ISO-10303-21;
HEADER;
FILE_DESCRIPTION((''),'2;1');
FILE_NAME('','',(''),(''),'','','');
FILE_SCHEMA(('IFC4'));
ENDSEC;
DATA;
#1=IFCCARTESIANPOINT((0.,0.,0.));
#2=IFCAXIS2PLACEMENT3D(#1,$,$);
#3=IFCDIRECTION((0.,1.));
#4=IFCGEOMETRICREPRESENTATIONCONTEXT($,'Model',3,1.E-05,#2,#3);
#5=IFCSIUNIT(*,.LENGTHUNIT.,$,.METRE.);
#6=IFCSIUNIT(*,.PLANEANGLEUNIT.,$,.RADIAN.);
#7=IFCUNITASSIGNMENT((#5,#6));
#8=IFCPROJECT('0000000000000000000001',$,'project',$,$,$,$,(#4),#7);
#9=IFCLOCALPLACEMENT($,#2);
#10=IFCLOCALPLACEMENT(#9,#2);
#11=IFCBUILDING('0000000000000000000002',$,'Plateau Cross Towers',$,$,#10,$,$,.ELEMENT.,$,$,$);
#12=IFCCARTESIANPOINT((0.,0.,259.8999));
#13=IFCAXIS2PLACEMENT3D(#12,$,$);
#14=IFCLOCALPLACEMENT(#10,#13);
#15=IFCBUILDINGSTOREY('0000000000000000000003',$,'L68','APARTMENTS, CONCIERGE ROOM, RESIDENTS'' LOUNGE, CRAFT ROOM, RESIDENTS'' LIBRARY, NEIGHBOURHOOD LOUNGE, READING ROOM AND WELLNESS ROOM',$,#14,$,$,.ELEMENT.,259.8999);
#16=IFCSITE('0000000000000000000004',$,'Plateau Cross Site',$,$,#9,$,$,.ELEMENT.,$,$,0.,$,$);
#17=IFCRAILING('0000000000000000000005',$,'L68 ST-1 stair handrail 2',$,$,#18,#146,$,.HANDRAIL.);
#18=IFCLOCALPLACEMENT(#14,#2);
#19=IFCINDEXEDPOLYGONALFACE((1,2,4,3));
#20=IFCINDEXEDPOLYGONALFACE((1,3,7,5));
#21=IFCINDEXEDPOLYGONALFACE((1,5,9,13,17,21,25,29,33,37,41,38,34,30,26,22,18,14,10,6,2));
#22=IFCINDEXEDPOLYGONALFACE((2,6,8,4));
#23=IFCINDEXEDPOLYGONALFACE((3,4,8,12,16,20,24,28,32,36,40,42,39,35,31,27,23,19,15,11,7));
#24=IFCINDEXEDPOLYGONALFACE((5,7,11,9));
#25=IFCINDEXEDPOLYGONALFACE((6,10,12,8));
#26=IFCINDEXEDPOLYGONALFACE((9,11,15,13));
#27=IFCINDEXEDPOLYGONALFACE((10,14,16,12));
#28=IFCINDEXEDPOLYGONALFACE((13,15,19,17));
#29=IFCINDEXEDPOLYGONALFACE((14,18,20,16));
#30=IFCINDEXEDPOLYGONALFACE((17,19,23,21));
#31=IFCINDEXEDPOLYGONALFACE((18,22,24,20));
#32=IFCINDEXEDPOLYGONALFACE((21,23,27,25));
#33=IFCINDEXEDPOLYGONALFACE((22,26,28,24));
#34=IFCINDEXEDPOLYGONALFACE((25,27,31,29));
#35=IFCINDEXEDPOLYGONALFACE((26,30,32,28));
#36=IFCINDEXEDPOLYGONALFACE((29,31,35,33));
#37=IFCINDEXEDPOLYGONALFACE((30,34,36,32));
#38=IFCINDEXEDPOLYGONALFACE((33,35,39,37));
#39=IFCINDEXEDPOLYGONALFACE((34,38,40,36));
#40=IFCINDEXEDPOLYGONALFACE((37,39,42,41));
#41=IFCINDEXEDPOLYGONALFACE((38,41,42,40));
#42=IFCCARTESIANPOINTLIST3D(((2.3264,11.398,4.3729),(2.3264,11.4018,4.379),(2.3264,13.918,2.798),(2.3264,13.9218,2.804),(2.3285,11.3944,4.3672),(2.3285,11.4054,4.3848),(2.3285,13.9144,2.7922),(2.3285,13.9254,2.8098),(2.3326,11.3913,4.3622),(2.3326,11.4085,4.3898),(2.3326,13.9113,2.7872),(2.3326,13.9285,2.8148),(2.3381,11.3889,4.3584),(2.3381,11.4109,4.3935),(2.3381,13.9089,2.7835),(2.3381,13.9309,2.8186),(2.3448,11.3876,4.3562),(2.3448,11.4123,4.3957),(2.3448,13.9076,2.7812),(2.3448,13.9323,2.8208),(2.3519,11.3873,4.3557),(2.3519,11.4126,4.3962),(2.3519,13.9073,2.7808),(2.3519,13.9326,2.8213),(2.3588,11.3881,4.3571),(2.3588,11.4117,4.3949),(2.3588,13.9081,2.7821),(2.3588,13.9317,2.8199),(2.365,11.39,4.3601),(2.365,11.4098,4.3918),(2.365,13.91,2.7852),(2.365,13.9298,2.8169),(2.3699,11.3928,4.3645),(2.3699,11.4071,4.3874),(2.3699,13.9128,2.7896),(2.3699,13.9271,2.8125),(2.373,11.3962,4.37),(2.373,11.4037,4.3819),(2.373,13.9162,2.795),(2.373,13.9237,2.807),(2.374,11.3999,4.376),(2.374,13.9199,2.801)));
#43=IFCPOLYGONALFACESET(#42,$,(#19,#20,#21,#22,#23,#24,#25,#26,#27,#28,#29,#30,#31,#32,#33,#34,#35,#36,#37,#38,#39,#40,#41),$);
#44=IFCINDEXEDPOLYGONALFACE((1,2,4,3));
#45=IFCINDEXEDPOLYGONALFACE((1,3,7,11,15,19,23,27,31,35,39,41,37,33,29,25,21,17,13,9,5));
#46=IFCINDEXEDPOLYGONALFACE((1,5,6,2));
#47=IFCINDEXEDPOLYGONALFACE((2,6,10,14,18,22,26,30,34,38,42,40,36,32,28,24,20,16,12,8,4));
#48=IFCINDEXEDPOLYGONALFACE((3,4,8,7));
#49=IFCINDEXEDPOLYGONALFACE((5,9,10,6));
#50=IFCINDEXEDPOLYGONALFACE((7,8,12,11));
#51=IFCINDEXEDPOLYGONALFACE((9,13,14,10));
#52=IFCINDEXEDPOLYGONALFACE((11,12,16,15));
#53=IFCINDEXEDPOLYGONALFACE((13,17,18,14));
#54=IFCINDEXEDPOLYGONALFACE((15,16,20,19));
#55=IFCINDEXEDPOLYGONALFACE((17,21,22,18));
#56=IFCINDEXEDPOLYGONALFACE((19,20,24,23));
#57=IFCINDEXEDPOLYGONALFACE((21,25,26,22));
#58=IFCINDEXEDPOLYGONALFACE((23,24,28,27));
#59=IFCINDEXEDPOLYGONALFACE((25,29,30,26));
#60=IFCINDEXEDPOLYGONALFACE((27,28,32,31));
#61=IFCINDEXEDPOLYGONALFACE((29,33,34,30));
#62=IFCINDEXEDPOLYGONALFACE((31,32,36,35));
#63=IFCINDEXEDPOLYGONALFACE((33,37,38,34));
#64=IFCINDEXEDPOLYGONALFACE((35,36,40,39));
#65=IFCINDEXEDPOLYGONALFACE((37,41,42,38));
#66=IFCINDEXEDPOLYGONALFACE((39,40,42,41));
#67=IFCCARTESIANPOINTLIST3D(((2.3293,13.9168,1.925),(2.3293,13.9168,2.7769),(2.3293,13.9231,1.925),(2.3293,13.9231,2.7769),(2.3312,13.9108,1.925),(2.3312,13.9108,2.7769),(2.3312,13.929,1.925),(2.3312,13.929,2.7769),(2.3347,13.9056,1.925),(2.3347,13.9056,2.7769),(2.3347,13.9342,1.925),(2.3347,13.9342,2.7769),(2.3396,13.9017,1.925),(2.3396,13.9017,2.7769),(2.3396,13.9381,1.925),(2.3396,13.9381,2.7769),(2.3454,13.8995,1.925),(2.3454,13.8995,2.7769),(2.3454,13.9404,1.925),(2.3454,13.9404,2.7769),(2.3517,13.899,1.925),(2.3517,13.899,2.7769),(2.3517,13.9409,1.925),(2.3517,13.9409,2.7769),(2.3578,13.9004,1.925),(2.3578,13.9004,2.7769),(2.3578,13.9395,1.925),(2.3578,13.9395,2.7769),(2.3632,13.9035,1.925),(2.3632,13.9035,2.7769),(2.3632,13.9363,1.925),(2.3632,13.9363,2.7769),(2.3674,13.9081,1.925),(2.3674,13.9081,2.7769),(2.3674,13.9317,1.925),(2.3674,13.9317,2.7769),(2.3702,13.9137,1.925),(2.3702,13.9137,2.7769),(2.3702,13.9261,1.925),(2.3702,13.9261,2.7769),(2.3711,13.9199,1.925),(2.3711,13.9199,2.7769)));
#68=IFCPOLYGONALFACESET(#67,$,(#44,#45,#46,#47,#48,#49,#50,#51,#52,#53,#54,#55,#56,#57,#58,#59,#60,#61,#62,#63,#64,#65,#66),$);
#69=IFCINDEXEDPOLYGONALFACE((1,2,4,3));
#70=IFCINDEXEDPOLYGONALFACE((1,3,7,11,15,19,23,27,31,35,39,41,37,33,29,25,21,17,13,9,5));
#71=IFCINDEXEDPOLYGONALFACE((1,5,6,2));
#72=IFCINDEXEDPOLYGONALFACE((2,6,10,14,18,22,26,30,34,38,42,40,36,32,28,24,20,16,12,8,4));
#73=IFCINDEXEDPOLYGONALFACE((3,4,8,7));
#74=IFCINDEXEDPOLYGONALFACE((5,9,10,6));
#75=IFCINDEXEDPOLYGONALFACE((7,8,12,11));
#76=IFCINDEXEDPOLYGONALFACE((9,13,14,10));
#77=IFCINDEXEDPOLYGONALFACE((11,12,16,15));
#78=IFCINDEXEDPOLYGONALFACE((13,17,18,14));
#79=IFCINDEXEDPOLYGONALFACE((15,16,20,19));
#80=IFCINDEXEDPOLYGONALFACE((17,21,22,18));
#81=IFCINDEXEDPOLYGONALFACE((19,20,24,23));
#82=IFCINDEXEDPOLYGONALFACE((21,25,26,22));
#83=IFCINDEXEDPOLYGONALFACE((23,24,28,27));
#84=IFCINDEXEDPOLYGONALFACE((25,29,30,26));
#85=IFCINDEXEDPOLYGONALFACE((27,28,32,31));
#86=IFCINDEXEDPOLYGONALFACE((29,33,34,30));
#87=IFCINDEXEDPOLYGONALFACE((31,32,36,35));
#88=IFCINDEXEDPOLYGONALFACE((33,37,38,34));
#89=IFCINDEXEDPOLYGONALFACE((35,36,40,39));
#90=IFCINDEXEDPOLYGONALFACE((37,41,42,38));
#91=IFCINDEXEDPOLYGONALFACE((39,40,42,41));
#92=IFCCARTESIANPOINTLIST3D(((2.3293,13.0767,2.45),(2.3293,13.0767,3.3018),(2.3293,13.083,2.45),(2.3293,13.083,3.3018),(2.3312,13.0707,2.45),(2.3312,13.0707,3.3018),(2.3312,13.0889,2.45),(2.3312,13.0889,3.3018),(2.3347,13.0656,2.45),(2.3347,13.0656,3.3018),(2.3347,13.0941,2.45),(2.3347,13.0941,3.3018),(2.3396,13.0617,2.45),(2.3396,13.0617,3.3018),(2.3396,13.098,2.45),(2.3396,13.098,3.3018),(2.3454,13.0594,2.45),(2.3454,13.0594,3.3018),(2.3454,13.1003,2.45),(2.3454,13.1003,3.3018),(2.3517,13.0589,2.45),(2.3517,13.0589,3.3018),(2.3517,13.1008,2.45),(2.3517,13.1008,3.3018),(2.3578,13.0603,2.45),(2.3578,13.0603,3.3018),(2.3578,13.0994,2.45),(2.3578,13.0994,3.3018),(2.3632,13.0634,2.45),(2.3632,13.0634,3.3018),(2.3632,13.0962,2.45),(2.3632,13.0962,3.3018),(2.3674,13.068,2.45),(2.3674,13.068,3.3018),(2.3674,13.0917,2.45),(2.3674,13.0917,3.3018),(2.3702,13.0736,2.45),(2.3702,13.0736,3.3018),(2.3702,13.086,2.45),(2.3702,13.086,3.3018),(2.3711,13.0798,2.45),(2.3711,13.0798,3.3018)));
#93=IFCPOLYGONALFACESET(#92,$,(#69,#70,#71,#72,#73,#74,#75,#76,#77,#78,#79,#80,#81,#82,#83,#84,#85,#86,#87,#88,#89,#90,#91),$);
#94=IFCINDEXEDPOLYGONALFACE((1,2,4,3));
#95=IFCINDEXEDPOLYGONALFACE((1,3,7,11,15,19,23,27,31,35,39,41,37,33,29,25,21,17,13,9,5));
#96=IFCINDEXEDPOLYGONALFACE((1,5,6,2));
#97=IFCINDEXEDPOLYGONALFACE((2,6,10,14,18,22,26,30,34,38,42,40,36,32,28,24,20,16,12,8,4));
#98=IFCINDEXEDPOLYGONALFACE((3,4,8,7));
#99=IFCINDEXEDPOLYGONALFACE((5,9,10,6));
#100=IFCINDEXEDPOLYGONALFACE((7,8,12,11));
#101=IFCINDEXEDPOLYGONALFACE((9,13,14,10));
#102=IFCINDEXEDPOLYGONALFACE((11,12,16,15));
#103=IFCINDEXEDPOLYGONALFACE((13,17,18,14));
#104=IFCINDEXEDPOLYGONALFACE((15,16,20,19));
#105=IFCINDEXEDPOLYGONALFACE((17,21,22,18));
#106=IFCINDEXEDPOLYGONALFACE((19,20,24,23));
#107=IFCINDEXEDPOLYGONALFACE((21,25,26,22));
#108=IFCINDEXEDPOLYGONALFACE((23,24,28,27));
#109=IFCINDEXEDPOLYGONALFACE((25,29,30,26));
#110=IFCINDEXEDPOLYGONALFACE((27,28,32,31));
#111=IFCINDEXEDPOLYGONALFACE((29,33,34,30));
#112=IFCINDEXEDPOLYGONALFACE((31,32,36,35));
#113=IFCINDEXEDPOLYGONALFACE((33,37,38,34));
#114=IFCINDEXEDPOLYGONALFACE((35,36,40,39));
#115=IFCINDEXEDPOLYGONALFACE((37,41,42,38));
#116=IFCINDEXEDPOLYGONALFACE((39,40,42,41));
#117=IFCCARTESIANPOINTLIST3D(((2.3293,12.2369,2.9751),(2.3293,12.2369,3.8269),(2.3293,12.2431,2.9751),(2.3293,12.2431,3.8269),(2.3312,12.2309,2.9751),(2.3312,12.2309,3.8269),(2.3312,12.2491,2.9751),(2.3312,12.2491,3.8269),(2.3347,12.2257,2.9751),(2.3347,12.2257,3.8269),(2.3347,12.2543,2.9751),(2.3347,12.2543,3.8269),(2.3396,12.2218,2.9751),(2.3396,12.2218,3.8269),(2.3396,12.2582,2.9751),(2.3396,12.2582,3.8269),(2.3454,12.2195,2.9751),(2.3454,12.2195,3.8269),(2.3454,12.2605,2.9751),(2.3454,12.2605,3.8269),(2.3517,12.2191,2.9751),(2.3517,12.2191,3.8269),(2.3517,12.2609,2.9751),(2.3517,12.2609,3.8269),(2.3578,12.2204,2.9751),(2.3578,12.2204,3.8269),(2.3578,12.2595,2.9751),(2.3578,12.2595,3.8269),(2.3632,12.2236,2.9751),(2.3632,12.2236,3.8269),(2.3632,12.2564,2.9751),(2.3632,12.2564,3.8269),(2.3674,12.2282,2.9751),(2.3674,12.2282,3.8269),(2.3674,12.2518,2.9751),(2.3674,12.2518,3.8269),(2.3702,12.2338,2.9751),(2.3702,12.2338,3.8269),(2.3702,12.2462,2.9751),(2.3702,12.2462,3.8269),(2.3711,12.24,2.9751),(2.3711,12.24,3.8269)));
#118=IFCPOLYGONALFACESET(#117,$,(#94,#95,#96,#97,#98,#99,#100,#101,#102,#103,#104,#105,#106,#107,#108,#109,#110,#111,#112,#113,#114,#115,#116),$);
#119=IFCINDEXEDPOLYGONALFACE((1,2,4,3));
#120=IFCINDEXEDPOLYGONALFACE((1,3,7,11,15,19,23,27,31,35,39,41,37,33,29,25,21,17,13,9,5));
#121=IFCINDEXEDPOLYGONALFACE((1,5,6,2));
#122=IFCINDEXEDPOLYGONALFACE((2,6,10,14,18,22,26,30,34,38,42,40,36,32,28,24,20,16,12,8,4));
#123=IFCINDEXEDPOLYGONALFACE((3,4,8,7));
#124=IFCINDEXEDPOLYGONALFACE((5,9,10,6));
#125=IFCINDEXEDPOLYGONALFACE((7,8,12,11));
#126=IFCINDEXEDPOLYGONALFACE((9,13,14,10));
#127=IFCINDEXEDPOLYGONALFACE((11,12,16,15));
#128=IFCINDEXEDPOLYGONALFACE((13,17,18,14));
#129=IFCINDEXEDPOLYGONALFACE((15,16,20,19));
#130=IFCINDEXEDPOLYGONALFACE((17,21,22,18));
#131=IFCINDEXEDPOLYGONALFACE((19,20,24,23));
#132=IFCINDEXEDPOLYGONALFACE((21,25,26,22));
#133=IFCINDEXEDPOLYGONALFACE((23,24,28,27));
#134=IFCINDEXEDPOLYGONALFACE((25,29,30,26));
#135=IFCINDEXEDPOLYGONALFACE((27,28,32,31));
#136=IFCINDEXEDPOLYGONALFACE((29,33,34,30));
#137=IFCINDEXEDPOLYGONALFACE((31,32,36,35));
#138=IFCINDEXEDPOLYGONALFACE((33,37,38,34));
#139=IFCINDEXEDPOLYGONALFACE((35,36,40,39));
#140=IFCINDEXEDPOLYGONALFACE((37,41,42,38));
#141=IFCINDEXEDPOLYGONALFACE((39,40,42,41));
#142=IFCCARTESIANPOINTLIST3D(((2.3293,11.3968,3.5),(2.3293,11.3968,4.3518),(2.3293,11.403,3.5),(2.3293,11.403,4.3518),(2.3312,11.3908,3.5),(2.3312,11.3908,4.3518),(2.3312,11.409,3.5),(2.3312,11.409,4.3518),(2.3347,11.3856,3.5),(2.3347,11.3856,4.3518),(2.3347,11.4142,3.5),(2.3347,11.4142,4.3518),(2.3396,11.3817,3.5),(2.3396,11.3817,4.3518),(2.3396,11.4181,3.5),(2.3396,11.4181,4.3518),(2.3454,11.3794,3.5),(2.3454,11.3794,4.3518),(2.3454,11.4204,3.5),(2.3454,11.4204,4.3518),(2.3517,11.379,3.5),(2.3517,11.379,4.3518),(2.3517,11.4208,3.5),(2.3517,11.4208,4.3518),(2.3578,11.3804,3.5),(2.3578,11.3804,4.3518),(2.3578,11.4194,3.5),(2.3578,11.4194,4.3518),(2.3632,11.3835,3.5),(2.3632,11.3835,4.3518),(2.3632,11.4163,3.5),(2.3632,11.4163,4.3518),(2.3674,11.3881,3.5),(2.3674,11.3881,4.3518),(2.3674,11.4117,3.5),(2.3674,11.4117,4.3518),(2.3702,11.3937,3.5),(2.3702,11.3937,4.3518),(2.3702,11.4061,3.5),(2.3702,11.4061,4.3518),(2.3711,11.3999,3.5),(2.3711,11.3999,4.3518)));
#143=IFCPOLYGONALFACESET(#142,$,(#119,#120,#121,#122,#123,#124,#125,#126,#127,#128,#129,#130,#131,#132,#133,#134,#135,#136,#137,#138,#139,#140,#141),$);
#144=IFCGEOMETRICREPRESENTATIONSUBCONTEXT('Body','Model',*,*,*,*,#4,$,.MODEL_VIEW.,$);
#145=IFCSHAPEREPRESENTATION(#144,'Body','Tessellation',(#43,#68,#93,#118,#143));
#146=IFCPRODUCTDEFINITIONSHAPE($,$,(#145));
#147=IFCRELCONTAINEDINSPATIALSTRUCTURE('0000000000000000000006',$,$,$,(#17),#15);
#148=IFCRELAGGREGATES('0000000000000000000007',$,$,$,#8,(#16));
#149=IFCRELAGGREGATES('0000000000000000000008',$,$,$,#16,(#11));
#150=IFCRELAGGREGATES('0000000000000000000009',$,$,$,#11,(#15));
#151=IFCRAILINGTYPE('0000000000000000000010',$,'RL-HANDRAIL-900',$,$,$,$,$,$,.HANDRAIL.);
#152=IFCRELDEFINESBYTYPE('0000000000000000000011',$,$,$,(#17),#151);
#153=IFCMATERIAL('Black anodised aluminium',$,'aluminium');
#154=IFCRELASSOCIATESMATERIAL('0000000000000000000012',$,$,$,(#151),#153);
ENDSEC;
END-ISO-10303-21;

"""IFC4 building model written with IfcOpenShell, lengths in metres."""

from ifc_helpers import new_model, si_unit, direction, frame, origin, origin_2d, place, context, subcontext, project, spatial, circle, extrude, material, type_object, element, save


model = new_model("IFC4")

# Units and contexts
model_context = context("Model", 3, precision=1e-05, world=origin(), true_north=direction((0.0, 1.0)))
body_context = subcontext(model_context, "Body", "Model", "MODEL_VIEW")
ifc_project = project(units=[si_unit("LENGTHUNIT", "METRE"), si_unit("PLANEANGLEUNIT", "RADIAN")], contexts=[model_context])

# Site, building, storey
site_placement = place(None, origin())
site = spatial("IfcSite", under=ifc_project, at=site_placement, Name="Plateau Cross Site", CompositionType="ELEMENT", RefElevation=0.0)
building_placement = place(site_placement, origin())
building = spatial("IfcBuilding", under=site, at=building_placement, Name="Plateau Cross Towers", CompositionType="ELEMENT")
storey_placement = place(building_placement, frame((0.0, 0.0, 259.8999)))
storey = spatial("IfcBuildingStorey", under=building, at=storey_placement, Name="L68", Description="APARTMENTS, CONCIERGE ROOM, RESIDENTS' LOUNGE, CRAFT ROOM, RESIDENTS' LIBRARY, NEIGHBOURHOOD LOUNGE, READING ROOM AND WELLNESS ROOM", CompositionType="ELEMENT", Elevation=259.8999)

# Shared definitions
ifc_material_1 = material(Name="Black anodised aluminium", Category="aluminium")

# Railing
railing_type_1 = type_object("IfcRailingType", Name="RL-HANDRAIL-900", PredefinedType="HANDRAIL", material=ifc_material_1)
railing_1_placement = place(storey_placement, frame((2.3501, 13.9199, 1.925)))
element("IfcRailing", 1, at=railing_1_placement, inside=storey, type_object=railing_type_1, Name="L68 ST-1 stair handrail 2", PredefinedType="HANDRAIL", context=body_context, shape_type="SweptSolid", body=[
    extrude(circle(Radius=0.0239, at=origin_2d()), frame((0.0, 0.0, 0.876), z_axis=(0.0, -0.848008, 0.529984), x_axis=(1.0, 0.0, 0.0)), (0.0, 0.0, 1.0), 2.9717),
    extrude(circle(Radius=0.021, at=origin_2d()), origin(), (0.0, 0.0, 1.0), 0.8518),
    extrude(circle(Radius=0.021, at=origin_2d()), frame((0.0, -0.8401, 0.5249)), (0.0, 0.0, 1.0), 0.8518),
    extrude(circle(Radius=0.021, at=origin_2d()), frame((0.0, -1.6799, 1.05)), (0.0, 0.0, 1.0), 0.8518),
    extrude(circle(Radius=0.021, at=origin_2d()), frame((0.0, -2.52, 1.575)), (0.0, 0.0, 1.0), 0.8518),
])

save(model, "model.ifc")
